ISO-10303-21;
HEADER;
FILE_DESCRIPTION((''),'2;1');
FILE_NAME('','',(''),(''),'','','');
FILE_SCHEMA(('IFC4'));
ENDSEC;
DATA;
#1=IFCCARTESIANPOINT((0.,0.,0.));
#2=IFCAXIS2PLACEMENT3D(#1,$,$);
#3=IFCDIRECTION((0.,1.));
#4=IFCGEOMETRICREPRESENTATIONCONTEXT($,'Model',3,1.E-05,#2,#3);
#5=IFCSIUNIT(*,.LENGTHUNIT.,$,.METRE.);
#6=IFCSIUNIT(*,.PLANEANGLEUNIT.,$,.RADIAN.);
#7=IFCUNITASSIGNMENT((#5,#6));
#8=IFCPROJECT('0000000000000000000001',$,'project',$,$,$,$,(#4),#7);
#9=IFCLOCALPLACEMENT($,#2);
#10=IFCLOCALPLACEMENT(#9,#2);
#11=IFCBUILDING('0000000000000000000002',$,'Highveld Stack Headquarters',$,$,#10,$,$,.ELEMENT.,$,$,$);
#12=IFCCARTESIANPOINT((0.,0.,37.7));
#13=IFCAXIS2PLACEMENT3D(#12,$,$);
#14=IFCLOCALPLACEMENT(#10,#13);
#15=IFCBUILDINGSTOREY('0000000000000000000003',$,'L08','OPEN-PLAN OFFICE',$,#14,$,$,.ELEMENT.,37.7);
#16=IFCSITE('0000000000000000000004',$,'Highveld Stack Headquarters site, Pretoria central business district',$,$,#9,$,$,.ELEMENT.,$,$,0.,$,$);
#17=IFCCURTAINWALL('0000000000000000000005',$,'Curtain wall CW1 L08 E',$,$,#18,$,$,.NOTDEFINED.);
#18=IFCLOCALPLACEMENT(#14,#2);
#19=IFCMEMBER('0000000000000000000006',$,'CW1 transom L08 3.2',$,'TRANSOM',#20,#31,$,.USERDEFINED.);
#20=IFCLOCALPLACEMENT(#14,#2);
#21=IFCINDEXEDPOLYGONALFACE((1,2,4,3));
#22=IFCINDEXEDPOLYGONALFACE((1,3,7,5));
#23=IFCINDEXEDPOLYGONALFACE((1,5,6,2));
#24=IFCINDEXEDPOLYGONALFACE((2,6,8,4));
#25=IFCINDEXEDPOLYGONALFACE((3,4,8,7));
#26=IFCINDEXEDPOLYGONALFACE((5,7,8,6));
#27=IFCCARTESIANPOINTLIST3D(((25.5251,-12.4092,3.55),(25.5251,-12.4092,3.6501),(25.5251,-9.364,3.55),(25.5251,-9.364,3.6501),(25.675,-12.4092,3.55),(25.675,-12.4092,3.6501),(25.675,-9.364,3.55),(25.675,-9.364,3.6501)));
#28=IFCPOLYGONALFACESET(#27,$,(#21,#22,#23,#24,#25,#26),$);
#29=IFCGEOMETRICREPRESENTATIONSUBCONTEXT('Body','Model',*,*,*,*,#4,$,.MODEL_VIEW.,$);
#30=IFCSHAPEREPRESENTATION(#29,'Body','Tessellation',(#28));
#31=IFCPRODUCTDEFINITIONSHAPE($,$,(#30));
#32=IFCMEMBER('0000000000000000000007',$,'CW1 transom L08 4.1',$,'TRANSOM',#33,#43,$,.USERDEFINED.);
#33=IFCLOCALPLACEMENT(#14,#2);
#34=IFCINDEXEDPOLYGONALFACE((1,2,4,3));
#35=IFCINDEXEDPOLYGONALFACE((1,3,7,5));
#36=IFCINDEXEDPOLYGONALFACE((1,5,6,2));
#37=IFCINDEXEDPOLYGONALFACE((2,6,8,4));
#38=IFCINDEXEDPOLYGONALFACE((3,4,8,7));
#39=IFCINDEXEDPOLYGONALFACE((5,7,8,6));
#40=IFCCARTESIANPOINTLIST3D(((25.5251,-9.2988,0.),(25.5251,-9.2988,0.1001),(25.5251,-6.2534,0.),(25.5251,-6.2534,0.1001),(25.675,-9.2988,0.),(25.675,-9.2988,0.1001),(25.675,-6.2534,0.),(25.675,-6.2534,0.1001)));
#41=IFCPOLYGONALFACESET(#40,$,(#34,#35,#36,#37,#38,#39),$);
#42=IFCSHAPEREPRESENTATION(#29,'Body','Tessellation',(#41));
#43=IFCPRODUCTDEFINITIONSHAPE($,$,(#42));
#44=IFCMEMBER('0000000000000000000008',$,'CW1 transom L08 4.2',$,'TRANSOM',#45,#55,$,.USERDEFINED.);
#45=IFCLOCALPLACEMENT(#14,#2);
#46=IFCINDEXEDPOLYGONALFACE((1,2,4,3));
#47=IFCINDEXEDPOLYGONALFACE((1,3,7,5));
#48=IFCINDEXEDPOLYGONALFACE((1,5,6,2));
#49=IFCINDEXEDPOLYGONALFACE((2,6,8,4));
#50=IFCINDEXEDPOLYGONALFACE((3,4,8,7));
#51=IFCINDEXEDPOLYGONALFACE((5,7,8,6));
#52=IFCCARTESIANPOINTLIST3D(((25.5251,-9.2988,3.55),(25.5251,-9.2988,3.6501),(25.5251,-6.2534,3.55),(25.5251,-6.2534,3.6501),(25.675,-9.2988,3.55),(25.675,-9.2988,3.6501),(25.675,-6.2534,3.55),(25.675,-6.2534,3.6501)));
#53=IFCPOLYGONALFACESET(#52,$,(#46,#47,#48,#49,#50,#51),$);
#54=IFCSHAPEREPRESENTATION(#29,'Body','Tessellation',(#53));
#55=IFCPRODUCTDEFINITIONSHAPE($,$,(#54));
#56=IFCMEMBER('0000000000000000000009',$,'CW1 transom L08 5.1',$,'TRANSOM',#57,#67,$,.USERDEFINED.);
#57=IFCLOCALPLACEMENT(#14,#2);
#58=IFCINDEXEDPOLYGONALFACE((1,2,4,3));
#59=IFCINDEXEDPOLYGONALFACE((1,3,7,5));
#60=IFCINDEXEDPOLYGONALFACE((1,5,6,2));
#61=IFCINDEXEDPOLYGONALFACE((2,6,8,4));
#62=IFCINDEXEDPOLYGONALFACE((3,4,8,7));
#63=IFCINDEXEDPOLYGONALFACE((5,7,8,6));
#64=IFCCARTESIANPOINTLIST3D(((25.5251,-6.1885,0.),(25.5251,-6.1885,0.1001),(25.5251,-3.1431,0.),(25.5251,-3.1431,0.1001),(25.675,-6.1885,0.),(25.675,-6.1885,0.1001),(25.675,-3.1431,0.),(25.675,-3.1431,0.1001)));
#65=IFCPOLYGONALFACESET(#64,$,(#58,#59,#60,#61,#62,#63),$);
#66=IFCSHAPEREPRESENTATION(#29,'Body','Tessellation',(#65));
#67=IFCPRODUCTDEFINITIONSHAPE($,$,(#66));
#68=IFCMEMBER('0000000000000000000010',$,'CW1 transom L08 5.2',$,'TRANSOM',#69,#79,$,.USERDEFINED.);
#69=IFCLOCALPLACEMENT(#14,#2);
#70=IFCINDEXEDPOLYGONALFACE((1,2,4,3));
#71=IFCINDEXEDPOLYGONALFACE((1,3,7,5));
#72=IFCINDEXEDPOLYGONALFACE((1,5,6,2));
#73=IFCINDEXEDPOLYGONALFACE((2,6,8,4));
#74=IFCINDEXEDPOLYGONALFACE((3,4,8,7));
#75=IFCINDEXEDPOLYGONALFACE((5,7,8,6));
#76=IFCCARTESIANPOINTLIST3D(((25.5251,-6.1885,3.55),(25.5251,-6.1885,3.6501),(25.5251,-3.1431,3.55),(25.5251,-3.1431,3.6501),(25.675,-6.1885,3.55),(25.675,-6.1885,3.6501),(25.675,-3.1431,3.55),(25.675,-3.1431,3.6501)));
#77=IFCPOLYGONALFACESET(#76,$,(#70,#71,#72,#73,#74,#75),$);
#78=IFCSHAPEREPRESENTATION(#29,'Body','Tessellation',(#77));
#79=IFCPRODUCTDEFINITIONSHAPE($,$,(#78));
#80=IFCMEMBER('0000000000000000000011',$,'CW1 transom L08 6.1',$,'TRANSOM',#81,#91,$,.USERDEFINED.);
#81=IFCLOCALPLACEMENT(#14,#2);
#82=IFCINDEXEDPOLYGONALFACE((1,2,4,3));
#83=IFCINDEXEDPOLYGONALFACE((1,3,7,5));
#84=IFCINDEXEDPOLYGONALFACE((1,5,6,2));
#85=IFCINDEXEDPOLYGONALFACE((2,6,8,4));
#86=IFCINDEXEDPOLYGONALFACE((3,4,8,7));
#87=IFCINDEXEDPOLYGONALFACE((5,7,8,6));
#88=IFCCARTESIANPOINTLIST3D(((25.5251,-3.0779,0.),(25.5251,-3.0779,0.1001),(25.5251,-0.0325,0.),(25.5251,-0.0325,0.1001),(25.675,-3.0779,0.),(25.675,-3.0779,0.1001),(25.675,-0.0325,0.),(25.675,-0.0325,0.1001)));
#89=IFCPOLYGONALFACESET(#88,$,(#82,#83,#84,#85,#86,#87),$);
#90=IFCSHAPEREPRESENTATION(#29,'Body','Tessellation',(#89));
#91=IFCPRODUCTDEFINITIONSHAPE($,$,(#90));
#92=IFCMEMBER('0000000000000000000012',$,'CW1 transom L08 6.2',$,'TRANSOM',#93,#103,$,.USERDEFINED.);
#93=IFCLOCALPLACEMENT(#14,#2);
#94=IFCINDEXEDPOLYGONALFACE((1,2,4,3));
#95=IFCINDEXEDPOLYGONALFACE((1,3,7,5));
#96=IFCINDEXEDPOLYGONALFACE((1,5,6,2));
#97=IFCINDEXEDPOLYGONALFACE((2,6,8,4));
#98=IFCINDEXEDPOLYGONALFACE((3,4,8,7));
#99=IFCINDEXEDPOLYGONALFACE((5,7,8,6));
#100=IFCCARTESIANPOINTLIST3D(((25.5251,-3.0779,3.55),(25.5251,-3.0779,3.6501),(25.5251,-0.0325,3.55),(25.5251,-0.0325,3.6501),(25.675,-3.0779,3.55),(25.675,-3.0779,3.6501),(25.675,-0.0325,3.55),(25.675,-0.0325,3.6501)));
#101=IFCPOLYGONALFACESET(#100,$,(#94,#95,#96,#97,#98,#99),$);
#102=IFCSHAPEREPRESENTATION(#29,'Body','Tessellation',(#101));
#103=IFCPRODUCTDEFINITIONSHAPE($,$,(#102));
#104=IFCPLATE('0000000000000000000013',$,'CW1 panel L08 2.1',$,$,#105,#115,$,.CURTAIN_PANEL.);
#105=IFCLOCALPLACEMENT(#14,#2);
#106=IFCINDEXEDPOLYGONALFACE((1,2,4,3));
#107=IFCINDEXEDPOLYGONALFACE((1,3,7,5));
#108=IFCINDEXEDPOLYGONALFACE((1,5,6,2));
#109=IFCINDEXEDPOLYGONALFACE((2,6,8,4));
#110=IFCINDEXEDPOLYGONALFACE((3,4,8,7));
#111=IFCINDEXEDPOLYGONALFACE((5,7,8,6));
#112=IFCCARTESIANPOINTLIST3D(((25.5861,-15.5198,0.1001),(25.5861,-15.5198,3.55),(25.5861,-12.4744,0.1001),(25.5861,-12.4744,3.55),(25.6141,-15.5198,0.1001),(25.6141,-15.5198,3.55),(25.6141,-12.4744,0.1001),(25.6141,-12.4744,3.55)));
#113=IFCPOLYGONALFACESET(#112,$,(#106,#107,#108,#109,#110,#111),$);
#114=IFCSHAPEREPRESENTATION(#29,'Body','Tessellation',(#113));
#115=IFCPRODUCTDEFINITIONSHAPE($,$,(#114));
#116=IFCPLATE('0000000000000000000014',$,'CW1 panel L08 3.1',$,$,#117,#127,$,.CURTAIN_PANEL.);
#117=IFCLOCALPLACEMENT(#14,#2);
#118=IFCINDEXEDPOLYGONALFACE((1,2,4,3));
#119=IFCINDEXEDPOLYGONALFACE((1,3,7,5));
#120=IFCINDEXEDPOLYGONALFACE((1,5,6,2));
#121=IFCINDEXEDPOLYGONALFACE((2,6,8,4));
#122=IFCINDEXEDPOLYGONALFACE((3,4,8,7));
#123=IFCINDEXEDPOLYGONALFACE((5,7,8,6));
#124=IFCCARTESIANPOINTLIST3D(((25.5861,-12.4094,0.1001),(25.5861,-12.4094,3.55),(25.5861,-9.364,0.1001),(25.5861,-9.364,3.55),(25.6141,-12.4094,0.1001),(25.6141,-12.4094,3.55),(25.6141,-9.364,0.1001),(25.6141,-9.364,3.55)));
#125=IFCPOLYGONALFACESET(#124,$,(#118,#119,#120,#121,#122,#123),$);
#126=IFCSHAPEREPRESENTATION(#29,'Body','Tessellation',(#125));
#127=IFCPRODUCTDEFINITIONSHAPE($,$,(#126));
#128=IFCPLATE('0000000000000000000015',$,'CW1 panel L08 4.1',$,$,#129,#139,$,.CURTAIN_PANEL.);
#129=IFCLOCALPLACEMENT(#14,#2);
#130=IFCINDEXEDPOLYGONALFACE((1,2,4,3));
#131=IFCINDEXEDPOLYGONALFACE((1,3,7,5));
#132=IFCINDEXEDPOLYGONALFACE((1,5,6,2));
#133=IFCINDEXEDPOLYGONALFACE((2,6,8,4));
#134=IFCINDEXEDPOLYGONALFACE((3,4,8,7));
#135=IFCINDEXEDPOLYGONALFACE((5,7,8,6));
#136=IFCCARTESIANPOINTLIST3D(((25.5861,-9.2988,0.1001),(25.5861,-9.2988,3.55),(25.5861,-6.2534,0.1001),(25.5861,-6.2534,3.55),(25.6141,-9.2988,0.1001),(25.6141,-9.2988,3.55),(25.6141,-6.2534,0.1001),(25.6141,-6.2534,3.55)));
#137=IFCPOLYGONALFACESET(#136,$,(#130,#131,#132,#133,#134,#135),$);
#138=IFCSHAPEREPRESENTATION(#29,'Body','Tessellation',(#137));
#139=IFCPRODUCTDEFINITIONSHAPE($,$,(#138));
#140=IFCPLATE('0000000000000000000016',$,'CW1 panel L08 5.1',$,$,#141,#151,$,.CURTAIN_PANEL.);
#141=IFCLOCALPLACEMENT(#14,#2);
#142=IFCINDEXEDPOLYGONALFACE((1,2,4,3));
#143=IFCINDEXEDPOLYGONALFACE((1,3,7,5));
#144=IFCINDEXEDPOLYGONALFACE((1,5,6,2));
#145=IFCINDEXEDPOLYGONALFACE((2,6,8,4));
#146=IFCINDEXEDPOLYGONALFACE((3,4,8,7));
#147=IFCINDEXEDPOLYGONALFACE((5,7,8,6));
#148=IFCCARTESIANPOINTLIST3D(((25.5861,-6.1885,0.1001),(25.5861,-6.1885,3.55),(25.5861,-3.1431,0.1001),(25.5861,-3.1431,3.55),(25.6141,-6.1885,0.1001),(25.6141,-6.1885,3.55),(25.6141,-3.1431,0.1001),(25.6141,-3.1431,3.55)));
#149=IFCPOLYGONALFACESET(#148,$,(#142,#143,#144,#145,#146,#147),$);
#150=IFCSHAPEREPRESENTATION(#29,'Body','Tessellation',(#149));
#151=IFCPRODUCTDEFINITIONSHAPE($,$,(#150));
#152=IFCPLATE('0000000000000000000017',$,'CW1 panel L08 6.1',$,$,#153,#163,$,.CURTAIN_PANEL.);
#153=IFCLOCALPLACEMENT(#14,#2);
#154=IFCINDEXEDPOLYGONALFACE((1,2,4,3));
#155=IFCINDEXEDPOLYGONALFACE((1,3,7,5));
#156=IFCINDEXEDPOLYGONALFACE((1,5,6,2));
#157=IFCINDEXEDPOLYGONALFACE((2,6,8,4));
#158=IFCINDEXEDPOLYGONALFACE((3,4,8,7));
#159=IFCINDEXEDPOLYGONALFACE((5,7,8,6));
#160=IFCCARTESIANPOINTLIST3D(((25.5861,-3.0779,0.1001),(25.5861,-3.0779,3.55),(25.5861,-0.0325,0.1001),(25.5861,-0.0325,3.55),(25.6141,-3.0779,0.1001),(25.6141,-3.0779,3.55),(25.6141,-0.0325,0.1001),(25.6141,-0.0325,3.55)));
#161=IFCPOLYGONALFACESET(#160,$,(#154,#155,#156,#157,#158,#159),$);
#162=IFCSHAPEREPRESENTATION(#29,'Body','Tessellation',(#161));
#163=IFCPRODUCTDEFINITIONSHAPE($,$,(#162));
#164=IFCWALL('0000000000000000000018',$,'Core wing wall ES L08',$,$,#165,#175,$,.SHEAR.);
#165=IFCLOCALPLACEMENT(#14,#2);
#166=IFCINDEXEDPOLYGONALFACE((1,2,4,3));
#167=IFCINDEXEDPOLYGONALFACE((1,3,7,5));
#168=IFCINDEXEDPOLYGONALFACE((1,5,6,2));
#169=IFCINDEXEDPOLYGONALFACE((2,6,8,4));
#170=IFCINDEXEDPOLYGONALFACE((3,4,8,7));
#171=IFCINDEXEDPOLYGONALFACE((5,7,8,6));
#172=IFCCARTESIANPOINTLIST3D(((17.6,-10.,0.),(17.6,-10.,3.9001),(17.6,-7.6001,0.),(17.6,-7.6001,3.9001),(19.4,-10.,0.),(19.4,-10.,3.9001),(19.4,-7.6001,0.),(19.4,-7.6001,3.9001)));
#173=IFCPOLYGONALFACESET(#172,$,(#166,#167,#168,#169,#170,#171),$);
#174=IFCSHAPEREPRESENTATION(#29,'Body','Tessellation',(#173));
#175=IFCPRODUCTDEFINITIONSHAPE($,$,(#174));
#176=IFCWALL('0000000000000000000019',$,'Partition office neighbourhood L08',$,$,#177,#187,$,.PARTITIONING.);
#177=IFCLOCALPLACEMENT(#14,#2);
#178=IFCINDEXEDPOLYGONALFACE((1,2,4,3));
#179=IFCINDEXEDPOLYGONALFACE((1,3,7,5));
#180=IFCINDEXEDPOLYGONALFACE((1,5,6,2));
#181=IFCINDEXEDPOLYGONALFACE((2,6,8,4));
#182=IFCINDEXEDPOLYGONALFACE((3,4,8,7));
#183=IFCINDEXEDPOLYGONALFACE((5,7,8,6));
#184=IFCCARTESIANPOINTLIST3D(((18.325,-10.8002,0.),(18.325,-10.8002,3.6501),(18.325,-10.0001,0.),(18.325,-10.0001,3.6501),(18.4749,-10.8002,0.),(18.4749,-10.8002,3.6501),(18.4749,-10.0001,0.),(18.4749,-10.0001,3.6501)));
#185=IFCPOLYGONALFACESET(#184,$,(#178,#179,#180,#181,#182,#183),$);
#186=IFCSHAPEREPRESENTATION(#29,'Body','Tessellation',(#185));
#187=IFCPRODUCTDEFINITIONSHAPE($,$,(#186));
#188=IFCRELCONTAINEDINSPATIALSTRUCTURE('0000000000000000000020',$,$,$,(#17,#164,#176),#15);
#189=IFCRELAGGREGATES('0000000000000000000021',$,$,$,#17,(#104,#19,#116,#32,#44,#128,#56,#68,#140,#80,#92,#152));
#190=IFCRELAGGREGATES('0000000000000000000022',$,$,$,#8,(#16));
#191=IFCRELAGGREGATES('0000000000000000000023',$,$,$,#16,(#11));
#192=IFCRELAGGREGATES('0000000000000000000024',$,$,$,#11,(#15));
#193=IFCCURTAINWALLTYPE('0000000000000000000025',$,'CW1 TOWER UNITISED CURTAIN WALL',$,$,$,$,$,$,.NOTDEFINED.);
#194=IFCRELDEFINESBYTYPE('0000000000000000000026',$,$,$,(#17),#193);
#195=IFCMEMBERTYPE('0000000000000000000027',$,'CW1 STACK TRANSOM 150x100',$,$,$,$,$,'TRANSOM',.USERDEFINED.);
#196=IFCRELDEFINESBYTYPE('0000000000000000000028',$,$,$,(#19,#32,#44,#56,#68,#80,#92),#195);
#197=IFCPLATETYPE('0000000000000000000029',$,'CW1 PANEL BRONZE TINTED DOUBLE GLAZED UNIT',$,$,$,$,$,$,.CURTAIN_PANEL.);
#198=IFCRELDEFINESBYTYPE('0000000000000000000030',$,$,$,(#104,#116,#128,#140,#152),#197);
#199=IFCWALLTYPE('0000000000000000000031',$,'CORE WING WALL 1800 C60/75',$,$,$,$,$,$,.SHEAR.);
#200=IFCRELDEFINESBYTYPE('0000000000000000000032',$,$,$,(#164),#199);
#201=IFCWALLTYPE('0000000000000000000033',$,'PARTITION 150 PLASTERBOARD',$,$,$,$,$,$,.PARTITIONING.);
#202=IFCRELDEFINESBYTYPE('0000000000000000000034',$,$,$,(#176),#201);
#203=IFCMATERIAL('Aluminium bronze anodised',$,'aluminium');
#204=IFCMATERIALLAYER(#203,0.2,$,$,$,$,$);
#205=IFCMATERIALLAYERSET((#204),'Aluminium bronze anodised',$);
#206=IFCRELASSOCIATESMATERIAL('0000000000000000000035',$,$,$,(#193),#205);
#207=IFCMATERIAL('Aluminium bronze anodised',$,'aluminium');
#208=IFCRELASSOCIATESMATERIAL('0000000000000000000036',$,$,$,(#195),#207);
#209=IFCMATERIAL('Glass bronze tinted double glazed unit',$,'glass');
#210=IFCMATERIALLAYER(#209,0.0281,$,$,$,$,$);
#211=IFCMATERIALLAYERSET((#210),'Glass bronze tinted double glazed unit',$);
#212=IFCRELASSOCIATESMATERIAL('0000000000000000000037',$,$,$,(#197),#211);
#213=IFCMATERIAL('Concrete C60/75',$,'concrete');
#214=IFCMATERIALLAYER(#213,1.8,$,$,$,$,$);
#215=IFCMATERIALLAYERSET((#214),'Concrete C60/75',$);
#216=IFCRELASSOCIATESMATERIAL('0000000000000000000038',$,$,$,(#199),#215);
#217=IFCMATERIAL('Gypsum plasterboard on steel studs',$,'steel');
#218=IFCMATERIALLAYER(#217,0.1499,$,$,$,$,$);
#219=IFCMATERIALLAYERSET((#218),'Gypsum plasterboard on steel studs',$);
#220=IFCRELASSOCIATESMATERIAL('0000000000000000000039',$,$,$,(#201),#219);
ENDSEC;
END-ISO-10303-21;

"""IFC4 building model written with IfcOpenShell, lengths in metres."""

from ifc_helpers import new_model, si_unit, direction, frame, frame_2d, origin, origin_2d, place, context, subcontext, project, spatial, rectangle, extrude, material, layer, layer_set, material_profile, profile_set, type_object, element, aggregate, save


model = new_model("IFC4")

# Units and contexts
model_context = context("Model", 3, precision=1e-05, world=origin(), true_north=direction((0.0, 1.0)))
body_context = subcontext(model_context, "Body", "Model", "MODEL_VIEW")
ifc_project = project(units=[si_unit("LENGTHUNIT", "METRE"), si_unit("PLANEANGLEUNIT", "RADIAN")], contexts=[model_context])

# Site, building, storey
site_placement = place(None, origin())
site = spatial("IfcSite", under=ifc_project, at=site_placement, Name="Highveld Stack Headquarters site, Pretoria central business district", CompositionType="ELEMENT", RefElevation=0.0)
building_placement = place(site_placement, origin())
building = spatial("IfcBuilding", under=site, at=building_placement, Name="Highveld Stack Headquarters", CompositionType="ELEMENT")
storey_placement = place(building_placement, frame((0.0, 0.0, 37.7)))
storey = spatial("IfcBuildingStorey", under=building, at=storey_placement, Name="L08", Description="OPEN-PLAN OFFICE", CompositionType="ELEMENT", Elevation=37.7)

# Curtain wall, members, plates
ifc_material_1 = material(Name="Aluminium bronze anodised", Category="aluminium")
ifc_layer_1 = layer(ifc_material_1, 0.2)
ifc_layer_set_1 = layer_set([ifc_layer_1], Name="Aluminium bronze anodised")
curtain_wall_type = type_object("IfcCurtainWallType", Name="CW1 TOWER UNITISED CURTAIN WALL", PredefinedType="NOTDEFINED", material=ifc_layer_set_1)
curtain_wall_placement = place(storey_placement, origin())
curtain_wall = element("IfcCurtainWall", 1, at=curtain_wall_placement, inside=storey, type_object=curtain_wall_type, Name="Curtain wall CW1 L08 E", PredefinedType="NOTDEFINED")
ifc_material_2 = material(Name="Aluminium bronze anodised", Category="aluminium")
ifc_material_profile_1 = material_profile(ifc_material_2, rectangle(XDim=0.1499, YDim=0.1001, at=origin_2d()), Name="CW1 TRANSOM 150x100")
ifc_profile_set_1 = profile_set([ifc_material_profile_1], Name="Aluminium bronze anodised")
member_type_1 = type_object("IfcMemberType", Name="CW1 STACK TRANSOM 150x100", ElementType="TRANSOM", PredefinedType="USERDEFINED", material=ifc_profile_set_1)
member_1_placement = place(storey_placement, frame((25.6001, -12.4092, 3.6001), z_axis=(0.0, 1.0, 0.0), x_axis=(-1.0, 0.0, 0.0)))
member_1 = element("IfcMember", 2, at=member_1_placement, type_object=member_type_1, Name="CW1 transom L08 3.2", ObjectType="TRANSOM", PredefinedType="USERDEFINED", context=body_context, shape_type="SweptSolid", body=[
    extrude(rectangle(XDim=0.1499, YDim=0.1001, at=origin_2d()), origin(), (0.0, 0.0, 1.0), 3.0452),
])
member_2_placement = place(storey_placement, frame((25.6001, -9.2988, 0.05), z_axis=(0.0, 1.0, 0.0), x_axis=(-1.0, 0.0, 0.0)))
member_2 = element("IfcMember", 3, at=member_2_placement, type_object=member_type_1, Name="CW1 transom L08 4.1", ObjectType="TRANSOM", PredefinedType="USERDEFINED", context=body_context, shape_type="SweptSolid", body=[
    extrude(rectangle(XDim=0.1499, YDim=0.1001, at=origin_2d()), origin(), (0.0, 0.0, 1.0), 3.0454),
])
member_3_placement = place(storey_placement, frame((25.6001, -9.2988, 3.6001), z_axis=(0.0, 1.0, 0.0), x_axis=(-1.0, 0.0, 0.0)))
member_3 = element("IfcMember", 4, at=member_3_placement, type_object=member_type_1, Name="CW1 transom L08 4.2", ObjectType="TRANSOM", PredefinedType="USERDEFINED", context=body_context, shape_type="SweptSolid", body=[
    extrude(rectangle(XDim=0.1499, YDim=0.1001, at=origin_2d()), origin(), (0.0, 0.0, 1.0), 3.0454),
])
member_4_placement = place(storey_placement, frame((25.6001, -6.1885, 0.05), z_axis=(0.0, 1.0, 0.0), x_axis=(-1.0, 0.0, 0.0)))
member_4 = element("IfcMember", 5, at=member_4_placement, type_object=member_type_1, Name="CW1 transom L08 5.1", ObjectType="TRANSOM", PredefinedType="USERDEFINED", context=body_context, shape_type="SweptSolid", body=[
    extrude(rectangle(XDim=0.1499, YDim=0.1001, at=origin_2d()), origin(), (0.0, 0.0, 1.0), 3.0454),
])
member_5_placement = place(storey_placement, frame((25.6001, -6.1885, 3.6001), z_axis=(0.0, 1.0, 0.0), x_axis=(-1.0, 0.0, 0.0)))
member_5 = element("IfcMember", 6, at=member_5_placement, type_object=member_type_1, Name="CW1 transom L08 5.2", ObjectType="TRANSOM", PredefinedType="USERDEFINED", context=body_context, shape_type="SweptSolid", body=[
    extrude(rectangle(XDim=0.1499, YDim=0.1001, at=origin_2d()), origin(), (0.0, 0.0, 1.0), 3.0454),
])
member_6_placement = place(storey_placement, frame((25.6001, -3.0779, 0.05), z_axis=(0.0, 1.0, 0.0), x_axis=(-1.0, 0.0, 0.0)))
member_6 = element("IfcMember", 7, at=member_6_placement, type_object=member_type_1, Name="CW1 transom L08 6.1", ObjectType="TRANSOM", PredefinedType="USERDEFINED", context=body_context, shape_type="SweptSolid", body=[
    extrude(rectangle(XDim=0.1499, YDim=0.1001, at=origin_2d()), origin(), (0.0, 0.0, 1.0), 3.0454),
])
member_7_placement = place(storey_placement, frame((25.6001, -3.0779, 3.6001), z_axis=(0.0, 1.0, 0.0), x_axis=(-1.0, 0.0, 0.0)))
member_7 = element("IfcMember", 8, at=member_7_placement, type_object=member_type_1, Name="CW1 transom L08 6.2", ObjectType="TRANSOM", PredefinedType="USERDEFINED", context=body_context, shape_type="SweptSolid", body=[
    extrude(rectangle(XDim=0.1499, YDim=0.1001, at=origin_2d()), origin(), (0.0, 0.0, 1.0), 3.0454),
])
ifc_material_3 = material(Name="Glass bronze tinted double glazed unit", Category="glass")
ifc_layer_2 = layer(ifc_material_3, 0.0281)
ifc_layer_set_2 = layer_set([ifc_layer_2], Name="Glass bronze tinted double glazed unit")
plate_type = type_object("IfcPlateType", Name="CW1 PANEL BRONZE TINTED DOUBLE GLAZED UNIT", PredefinedType="CURTAIN_PANEL", material=ifc_layer_set_2)
plate_1_placement = place(storey_placement, frame((25.6001, -13.9971, 0.1001), z_axis=(0.0, 0.0, 1.0), x_axis=(0.0, 1.0, 0.0)))
plate_1 = element("IfcPlate", 9, at=plate_1_placement, type_object=plate_type, Name="CW1 panel L08 2.1", PredefinedType="CURTAIN_PANEL", context=body_context, shape_type="SweptSolid", body=[
    extrude(rectangle(XDim=3.0454, YDim=0.0281, at=origin_2d()), origin(), (0.0, 0.0, 1.0), 3.45),
])
plate_2_placement = place(storey_placement, frame((25.6001, -10.8867, 0.1001), z_axis=(0.0, 0.0, 1.0), x_axis=(0.0, 1.0, 0.0)))
plate_2 = element("IfcPlate", 10, at=plate_2_placement, type_object=plate_type, Name="CW1 panel L08 3.1", PredefinedType="CURTAIN_PANEL", context=body_context, shape_type="SweptSolid", body=[
    extrude(rectangle(XDim=3.0454, YDim=0.0281, at=origin_2d()), origin(), (0.0, 0.0, 1.0), 3.45),
])
plate_3_placement = place(storey_placement, frame((25.6001, -7.7761, 0.1001), z_axis=(0.0, 0.0, 1.0), x_axis=(0.0, 1.0, 0.0)))
plate_3 = element("IfcPlate", 11, at=plate_3_placement, type_object=plate_type, Name="CW1 panel L08 4.1", PredefinedType="CURTAIN_PANEL", context=body_context, shape_type="SweptSolid", body=[
    extrude(rectangle(XDim=3.0454, YDim=0.0281, at=origin_2d()), origin(), (0.0, 0.0, 1.0), 3.45),
])
plate_4_placement = place(storey_placement, frame((25.6001, -4.6658, 0.1001), z_axis=(0.0, 0.0, 1.0), x_axis=(0.0, 1.0, 0.0)))
plate_4 = element("IfcPlate", 12, at=plate_4_placement, type_object=plate_type, Name="CW1 panel L08 5.1", PredefinedType="CURTAIN_PANEL", context=body_context, shape_type="SweptSolid", body=[
    extrude(rectangle(XDim=3.0454, YDim=0.0281, at=origin_2d()), origin(), (0.0, 0.0, 1.0), 3.45),
])
plate_5_placement = place(storey_placement, frame((25.6001, -1.5552, 0.1001), z_axis=(0.0, 0.0, 1.0), x_axis=(0.0, 1.0, 0.0)))
plate_5 = element("IfcPlate", 13, at=plate_5_placement, type_object=plate_type, Name="CW1 panel L08 6.1", PredefinedType="CURTAIN_PANEL", context=body_context, shape_type="SweptSolid", body=[
    extrude(rectangle(XDim=3.0454, YDim=0.0281, at=origin_2d()), origin(), (0.0, 0.0, 1.0), 3.45),
])
aggregate(curtain_wall, [plate_1, member_1, plate_2, member_2, member_3, plate_3, member_4, member_5, plate_4, member_6, member_7, plate_5])

# Walls
ifc_material_4 = material(Name="Concrete C60/75", Category="concrete")
ifc_layer_3 = layer(ifc_material_4, 1.8)
ifc_layer_set_3 = layer_set([ifc_layer_3], Name="Concrete C60/75")
wall_type_1 = type_object("IfcWallType", Name="CORE WING WALL 1800 C60/75", PredefinedType="SHEAR", material=ifc_layer_set_3)
wall_1_placement = place(storey_placement, frame((18.5, -10.0, 0.0), z_axis=(0.0, 0.0, 1.0), x_axis=(0.0, 1.0, 0.0)))
element("IfcWall", 14, at=wall_1_placement, inside=storey, type_object=wall_type_1, Name="Core wing wall ES L08", PredefinedType="SHEAR", context=body_context, shape_type="SweptSolid", body=[
    extrude(rectangle(XDim=2.3999, YDim=1.8, at=frame_2d((1.2, 0.0))), origin(), (0.0, 0.0, 1.0), 3.9001),
])
ifc_material_5 = material(Name="Gypsum plasterboard on steel studs", Category="steel")
ifc_layer_4 = layer(ifc_material_5, 0.1499)
ifc_layer_set_4 = layer_set([ifc_layer_4], Name="Gypsum plasterboard on steel studs")
wall_type_2 = type_object("IfcWallType", Name="PARTITION 150 PLASTERBOARD", PredefinedType="PARTITIONING", material=ifc_layer_set_4)
wall_2_placement = place(storey_placement, frame((18.3999, -10.8, 0.0), z_axis=(0.0, 0.0, 1.0), x_axis=(0.0, 1.0, 0.0)))
element("IfcWall", 15, at=wall_2_placement, inside=storey, type_object=wall_type_2, Name="Partition office neighbourhood L08", PredefinedType="PARTITIONING", context=body_context, shape_type="SweptSolid", body=[
    extrude(rectangle(XDim=0.8, YDim=0.1499, at=frame_2d((0.3999, 0.0))), origin(), (0.0, 0.0, 1.0), 3.6501),
])

save(model, "model.ifc")
